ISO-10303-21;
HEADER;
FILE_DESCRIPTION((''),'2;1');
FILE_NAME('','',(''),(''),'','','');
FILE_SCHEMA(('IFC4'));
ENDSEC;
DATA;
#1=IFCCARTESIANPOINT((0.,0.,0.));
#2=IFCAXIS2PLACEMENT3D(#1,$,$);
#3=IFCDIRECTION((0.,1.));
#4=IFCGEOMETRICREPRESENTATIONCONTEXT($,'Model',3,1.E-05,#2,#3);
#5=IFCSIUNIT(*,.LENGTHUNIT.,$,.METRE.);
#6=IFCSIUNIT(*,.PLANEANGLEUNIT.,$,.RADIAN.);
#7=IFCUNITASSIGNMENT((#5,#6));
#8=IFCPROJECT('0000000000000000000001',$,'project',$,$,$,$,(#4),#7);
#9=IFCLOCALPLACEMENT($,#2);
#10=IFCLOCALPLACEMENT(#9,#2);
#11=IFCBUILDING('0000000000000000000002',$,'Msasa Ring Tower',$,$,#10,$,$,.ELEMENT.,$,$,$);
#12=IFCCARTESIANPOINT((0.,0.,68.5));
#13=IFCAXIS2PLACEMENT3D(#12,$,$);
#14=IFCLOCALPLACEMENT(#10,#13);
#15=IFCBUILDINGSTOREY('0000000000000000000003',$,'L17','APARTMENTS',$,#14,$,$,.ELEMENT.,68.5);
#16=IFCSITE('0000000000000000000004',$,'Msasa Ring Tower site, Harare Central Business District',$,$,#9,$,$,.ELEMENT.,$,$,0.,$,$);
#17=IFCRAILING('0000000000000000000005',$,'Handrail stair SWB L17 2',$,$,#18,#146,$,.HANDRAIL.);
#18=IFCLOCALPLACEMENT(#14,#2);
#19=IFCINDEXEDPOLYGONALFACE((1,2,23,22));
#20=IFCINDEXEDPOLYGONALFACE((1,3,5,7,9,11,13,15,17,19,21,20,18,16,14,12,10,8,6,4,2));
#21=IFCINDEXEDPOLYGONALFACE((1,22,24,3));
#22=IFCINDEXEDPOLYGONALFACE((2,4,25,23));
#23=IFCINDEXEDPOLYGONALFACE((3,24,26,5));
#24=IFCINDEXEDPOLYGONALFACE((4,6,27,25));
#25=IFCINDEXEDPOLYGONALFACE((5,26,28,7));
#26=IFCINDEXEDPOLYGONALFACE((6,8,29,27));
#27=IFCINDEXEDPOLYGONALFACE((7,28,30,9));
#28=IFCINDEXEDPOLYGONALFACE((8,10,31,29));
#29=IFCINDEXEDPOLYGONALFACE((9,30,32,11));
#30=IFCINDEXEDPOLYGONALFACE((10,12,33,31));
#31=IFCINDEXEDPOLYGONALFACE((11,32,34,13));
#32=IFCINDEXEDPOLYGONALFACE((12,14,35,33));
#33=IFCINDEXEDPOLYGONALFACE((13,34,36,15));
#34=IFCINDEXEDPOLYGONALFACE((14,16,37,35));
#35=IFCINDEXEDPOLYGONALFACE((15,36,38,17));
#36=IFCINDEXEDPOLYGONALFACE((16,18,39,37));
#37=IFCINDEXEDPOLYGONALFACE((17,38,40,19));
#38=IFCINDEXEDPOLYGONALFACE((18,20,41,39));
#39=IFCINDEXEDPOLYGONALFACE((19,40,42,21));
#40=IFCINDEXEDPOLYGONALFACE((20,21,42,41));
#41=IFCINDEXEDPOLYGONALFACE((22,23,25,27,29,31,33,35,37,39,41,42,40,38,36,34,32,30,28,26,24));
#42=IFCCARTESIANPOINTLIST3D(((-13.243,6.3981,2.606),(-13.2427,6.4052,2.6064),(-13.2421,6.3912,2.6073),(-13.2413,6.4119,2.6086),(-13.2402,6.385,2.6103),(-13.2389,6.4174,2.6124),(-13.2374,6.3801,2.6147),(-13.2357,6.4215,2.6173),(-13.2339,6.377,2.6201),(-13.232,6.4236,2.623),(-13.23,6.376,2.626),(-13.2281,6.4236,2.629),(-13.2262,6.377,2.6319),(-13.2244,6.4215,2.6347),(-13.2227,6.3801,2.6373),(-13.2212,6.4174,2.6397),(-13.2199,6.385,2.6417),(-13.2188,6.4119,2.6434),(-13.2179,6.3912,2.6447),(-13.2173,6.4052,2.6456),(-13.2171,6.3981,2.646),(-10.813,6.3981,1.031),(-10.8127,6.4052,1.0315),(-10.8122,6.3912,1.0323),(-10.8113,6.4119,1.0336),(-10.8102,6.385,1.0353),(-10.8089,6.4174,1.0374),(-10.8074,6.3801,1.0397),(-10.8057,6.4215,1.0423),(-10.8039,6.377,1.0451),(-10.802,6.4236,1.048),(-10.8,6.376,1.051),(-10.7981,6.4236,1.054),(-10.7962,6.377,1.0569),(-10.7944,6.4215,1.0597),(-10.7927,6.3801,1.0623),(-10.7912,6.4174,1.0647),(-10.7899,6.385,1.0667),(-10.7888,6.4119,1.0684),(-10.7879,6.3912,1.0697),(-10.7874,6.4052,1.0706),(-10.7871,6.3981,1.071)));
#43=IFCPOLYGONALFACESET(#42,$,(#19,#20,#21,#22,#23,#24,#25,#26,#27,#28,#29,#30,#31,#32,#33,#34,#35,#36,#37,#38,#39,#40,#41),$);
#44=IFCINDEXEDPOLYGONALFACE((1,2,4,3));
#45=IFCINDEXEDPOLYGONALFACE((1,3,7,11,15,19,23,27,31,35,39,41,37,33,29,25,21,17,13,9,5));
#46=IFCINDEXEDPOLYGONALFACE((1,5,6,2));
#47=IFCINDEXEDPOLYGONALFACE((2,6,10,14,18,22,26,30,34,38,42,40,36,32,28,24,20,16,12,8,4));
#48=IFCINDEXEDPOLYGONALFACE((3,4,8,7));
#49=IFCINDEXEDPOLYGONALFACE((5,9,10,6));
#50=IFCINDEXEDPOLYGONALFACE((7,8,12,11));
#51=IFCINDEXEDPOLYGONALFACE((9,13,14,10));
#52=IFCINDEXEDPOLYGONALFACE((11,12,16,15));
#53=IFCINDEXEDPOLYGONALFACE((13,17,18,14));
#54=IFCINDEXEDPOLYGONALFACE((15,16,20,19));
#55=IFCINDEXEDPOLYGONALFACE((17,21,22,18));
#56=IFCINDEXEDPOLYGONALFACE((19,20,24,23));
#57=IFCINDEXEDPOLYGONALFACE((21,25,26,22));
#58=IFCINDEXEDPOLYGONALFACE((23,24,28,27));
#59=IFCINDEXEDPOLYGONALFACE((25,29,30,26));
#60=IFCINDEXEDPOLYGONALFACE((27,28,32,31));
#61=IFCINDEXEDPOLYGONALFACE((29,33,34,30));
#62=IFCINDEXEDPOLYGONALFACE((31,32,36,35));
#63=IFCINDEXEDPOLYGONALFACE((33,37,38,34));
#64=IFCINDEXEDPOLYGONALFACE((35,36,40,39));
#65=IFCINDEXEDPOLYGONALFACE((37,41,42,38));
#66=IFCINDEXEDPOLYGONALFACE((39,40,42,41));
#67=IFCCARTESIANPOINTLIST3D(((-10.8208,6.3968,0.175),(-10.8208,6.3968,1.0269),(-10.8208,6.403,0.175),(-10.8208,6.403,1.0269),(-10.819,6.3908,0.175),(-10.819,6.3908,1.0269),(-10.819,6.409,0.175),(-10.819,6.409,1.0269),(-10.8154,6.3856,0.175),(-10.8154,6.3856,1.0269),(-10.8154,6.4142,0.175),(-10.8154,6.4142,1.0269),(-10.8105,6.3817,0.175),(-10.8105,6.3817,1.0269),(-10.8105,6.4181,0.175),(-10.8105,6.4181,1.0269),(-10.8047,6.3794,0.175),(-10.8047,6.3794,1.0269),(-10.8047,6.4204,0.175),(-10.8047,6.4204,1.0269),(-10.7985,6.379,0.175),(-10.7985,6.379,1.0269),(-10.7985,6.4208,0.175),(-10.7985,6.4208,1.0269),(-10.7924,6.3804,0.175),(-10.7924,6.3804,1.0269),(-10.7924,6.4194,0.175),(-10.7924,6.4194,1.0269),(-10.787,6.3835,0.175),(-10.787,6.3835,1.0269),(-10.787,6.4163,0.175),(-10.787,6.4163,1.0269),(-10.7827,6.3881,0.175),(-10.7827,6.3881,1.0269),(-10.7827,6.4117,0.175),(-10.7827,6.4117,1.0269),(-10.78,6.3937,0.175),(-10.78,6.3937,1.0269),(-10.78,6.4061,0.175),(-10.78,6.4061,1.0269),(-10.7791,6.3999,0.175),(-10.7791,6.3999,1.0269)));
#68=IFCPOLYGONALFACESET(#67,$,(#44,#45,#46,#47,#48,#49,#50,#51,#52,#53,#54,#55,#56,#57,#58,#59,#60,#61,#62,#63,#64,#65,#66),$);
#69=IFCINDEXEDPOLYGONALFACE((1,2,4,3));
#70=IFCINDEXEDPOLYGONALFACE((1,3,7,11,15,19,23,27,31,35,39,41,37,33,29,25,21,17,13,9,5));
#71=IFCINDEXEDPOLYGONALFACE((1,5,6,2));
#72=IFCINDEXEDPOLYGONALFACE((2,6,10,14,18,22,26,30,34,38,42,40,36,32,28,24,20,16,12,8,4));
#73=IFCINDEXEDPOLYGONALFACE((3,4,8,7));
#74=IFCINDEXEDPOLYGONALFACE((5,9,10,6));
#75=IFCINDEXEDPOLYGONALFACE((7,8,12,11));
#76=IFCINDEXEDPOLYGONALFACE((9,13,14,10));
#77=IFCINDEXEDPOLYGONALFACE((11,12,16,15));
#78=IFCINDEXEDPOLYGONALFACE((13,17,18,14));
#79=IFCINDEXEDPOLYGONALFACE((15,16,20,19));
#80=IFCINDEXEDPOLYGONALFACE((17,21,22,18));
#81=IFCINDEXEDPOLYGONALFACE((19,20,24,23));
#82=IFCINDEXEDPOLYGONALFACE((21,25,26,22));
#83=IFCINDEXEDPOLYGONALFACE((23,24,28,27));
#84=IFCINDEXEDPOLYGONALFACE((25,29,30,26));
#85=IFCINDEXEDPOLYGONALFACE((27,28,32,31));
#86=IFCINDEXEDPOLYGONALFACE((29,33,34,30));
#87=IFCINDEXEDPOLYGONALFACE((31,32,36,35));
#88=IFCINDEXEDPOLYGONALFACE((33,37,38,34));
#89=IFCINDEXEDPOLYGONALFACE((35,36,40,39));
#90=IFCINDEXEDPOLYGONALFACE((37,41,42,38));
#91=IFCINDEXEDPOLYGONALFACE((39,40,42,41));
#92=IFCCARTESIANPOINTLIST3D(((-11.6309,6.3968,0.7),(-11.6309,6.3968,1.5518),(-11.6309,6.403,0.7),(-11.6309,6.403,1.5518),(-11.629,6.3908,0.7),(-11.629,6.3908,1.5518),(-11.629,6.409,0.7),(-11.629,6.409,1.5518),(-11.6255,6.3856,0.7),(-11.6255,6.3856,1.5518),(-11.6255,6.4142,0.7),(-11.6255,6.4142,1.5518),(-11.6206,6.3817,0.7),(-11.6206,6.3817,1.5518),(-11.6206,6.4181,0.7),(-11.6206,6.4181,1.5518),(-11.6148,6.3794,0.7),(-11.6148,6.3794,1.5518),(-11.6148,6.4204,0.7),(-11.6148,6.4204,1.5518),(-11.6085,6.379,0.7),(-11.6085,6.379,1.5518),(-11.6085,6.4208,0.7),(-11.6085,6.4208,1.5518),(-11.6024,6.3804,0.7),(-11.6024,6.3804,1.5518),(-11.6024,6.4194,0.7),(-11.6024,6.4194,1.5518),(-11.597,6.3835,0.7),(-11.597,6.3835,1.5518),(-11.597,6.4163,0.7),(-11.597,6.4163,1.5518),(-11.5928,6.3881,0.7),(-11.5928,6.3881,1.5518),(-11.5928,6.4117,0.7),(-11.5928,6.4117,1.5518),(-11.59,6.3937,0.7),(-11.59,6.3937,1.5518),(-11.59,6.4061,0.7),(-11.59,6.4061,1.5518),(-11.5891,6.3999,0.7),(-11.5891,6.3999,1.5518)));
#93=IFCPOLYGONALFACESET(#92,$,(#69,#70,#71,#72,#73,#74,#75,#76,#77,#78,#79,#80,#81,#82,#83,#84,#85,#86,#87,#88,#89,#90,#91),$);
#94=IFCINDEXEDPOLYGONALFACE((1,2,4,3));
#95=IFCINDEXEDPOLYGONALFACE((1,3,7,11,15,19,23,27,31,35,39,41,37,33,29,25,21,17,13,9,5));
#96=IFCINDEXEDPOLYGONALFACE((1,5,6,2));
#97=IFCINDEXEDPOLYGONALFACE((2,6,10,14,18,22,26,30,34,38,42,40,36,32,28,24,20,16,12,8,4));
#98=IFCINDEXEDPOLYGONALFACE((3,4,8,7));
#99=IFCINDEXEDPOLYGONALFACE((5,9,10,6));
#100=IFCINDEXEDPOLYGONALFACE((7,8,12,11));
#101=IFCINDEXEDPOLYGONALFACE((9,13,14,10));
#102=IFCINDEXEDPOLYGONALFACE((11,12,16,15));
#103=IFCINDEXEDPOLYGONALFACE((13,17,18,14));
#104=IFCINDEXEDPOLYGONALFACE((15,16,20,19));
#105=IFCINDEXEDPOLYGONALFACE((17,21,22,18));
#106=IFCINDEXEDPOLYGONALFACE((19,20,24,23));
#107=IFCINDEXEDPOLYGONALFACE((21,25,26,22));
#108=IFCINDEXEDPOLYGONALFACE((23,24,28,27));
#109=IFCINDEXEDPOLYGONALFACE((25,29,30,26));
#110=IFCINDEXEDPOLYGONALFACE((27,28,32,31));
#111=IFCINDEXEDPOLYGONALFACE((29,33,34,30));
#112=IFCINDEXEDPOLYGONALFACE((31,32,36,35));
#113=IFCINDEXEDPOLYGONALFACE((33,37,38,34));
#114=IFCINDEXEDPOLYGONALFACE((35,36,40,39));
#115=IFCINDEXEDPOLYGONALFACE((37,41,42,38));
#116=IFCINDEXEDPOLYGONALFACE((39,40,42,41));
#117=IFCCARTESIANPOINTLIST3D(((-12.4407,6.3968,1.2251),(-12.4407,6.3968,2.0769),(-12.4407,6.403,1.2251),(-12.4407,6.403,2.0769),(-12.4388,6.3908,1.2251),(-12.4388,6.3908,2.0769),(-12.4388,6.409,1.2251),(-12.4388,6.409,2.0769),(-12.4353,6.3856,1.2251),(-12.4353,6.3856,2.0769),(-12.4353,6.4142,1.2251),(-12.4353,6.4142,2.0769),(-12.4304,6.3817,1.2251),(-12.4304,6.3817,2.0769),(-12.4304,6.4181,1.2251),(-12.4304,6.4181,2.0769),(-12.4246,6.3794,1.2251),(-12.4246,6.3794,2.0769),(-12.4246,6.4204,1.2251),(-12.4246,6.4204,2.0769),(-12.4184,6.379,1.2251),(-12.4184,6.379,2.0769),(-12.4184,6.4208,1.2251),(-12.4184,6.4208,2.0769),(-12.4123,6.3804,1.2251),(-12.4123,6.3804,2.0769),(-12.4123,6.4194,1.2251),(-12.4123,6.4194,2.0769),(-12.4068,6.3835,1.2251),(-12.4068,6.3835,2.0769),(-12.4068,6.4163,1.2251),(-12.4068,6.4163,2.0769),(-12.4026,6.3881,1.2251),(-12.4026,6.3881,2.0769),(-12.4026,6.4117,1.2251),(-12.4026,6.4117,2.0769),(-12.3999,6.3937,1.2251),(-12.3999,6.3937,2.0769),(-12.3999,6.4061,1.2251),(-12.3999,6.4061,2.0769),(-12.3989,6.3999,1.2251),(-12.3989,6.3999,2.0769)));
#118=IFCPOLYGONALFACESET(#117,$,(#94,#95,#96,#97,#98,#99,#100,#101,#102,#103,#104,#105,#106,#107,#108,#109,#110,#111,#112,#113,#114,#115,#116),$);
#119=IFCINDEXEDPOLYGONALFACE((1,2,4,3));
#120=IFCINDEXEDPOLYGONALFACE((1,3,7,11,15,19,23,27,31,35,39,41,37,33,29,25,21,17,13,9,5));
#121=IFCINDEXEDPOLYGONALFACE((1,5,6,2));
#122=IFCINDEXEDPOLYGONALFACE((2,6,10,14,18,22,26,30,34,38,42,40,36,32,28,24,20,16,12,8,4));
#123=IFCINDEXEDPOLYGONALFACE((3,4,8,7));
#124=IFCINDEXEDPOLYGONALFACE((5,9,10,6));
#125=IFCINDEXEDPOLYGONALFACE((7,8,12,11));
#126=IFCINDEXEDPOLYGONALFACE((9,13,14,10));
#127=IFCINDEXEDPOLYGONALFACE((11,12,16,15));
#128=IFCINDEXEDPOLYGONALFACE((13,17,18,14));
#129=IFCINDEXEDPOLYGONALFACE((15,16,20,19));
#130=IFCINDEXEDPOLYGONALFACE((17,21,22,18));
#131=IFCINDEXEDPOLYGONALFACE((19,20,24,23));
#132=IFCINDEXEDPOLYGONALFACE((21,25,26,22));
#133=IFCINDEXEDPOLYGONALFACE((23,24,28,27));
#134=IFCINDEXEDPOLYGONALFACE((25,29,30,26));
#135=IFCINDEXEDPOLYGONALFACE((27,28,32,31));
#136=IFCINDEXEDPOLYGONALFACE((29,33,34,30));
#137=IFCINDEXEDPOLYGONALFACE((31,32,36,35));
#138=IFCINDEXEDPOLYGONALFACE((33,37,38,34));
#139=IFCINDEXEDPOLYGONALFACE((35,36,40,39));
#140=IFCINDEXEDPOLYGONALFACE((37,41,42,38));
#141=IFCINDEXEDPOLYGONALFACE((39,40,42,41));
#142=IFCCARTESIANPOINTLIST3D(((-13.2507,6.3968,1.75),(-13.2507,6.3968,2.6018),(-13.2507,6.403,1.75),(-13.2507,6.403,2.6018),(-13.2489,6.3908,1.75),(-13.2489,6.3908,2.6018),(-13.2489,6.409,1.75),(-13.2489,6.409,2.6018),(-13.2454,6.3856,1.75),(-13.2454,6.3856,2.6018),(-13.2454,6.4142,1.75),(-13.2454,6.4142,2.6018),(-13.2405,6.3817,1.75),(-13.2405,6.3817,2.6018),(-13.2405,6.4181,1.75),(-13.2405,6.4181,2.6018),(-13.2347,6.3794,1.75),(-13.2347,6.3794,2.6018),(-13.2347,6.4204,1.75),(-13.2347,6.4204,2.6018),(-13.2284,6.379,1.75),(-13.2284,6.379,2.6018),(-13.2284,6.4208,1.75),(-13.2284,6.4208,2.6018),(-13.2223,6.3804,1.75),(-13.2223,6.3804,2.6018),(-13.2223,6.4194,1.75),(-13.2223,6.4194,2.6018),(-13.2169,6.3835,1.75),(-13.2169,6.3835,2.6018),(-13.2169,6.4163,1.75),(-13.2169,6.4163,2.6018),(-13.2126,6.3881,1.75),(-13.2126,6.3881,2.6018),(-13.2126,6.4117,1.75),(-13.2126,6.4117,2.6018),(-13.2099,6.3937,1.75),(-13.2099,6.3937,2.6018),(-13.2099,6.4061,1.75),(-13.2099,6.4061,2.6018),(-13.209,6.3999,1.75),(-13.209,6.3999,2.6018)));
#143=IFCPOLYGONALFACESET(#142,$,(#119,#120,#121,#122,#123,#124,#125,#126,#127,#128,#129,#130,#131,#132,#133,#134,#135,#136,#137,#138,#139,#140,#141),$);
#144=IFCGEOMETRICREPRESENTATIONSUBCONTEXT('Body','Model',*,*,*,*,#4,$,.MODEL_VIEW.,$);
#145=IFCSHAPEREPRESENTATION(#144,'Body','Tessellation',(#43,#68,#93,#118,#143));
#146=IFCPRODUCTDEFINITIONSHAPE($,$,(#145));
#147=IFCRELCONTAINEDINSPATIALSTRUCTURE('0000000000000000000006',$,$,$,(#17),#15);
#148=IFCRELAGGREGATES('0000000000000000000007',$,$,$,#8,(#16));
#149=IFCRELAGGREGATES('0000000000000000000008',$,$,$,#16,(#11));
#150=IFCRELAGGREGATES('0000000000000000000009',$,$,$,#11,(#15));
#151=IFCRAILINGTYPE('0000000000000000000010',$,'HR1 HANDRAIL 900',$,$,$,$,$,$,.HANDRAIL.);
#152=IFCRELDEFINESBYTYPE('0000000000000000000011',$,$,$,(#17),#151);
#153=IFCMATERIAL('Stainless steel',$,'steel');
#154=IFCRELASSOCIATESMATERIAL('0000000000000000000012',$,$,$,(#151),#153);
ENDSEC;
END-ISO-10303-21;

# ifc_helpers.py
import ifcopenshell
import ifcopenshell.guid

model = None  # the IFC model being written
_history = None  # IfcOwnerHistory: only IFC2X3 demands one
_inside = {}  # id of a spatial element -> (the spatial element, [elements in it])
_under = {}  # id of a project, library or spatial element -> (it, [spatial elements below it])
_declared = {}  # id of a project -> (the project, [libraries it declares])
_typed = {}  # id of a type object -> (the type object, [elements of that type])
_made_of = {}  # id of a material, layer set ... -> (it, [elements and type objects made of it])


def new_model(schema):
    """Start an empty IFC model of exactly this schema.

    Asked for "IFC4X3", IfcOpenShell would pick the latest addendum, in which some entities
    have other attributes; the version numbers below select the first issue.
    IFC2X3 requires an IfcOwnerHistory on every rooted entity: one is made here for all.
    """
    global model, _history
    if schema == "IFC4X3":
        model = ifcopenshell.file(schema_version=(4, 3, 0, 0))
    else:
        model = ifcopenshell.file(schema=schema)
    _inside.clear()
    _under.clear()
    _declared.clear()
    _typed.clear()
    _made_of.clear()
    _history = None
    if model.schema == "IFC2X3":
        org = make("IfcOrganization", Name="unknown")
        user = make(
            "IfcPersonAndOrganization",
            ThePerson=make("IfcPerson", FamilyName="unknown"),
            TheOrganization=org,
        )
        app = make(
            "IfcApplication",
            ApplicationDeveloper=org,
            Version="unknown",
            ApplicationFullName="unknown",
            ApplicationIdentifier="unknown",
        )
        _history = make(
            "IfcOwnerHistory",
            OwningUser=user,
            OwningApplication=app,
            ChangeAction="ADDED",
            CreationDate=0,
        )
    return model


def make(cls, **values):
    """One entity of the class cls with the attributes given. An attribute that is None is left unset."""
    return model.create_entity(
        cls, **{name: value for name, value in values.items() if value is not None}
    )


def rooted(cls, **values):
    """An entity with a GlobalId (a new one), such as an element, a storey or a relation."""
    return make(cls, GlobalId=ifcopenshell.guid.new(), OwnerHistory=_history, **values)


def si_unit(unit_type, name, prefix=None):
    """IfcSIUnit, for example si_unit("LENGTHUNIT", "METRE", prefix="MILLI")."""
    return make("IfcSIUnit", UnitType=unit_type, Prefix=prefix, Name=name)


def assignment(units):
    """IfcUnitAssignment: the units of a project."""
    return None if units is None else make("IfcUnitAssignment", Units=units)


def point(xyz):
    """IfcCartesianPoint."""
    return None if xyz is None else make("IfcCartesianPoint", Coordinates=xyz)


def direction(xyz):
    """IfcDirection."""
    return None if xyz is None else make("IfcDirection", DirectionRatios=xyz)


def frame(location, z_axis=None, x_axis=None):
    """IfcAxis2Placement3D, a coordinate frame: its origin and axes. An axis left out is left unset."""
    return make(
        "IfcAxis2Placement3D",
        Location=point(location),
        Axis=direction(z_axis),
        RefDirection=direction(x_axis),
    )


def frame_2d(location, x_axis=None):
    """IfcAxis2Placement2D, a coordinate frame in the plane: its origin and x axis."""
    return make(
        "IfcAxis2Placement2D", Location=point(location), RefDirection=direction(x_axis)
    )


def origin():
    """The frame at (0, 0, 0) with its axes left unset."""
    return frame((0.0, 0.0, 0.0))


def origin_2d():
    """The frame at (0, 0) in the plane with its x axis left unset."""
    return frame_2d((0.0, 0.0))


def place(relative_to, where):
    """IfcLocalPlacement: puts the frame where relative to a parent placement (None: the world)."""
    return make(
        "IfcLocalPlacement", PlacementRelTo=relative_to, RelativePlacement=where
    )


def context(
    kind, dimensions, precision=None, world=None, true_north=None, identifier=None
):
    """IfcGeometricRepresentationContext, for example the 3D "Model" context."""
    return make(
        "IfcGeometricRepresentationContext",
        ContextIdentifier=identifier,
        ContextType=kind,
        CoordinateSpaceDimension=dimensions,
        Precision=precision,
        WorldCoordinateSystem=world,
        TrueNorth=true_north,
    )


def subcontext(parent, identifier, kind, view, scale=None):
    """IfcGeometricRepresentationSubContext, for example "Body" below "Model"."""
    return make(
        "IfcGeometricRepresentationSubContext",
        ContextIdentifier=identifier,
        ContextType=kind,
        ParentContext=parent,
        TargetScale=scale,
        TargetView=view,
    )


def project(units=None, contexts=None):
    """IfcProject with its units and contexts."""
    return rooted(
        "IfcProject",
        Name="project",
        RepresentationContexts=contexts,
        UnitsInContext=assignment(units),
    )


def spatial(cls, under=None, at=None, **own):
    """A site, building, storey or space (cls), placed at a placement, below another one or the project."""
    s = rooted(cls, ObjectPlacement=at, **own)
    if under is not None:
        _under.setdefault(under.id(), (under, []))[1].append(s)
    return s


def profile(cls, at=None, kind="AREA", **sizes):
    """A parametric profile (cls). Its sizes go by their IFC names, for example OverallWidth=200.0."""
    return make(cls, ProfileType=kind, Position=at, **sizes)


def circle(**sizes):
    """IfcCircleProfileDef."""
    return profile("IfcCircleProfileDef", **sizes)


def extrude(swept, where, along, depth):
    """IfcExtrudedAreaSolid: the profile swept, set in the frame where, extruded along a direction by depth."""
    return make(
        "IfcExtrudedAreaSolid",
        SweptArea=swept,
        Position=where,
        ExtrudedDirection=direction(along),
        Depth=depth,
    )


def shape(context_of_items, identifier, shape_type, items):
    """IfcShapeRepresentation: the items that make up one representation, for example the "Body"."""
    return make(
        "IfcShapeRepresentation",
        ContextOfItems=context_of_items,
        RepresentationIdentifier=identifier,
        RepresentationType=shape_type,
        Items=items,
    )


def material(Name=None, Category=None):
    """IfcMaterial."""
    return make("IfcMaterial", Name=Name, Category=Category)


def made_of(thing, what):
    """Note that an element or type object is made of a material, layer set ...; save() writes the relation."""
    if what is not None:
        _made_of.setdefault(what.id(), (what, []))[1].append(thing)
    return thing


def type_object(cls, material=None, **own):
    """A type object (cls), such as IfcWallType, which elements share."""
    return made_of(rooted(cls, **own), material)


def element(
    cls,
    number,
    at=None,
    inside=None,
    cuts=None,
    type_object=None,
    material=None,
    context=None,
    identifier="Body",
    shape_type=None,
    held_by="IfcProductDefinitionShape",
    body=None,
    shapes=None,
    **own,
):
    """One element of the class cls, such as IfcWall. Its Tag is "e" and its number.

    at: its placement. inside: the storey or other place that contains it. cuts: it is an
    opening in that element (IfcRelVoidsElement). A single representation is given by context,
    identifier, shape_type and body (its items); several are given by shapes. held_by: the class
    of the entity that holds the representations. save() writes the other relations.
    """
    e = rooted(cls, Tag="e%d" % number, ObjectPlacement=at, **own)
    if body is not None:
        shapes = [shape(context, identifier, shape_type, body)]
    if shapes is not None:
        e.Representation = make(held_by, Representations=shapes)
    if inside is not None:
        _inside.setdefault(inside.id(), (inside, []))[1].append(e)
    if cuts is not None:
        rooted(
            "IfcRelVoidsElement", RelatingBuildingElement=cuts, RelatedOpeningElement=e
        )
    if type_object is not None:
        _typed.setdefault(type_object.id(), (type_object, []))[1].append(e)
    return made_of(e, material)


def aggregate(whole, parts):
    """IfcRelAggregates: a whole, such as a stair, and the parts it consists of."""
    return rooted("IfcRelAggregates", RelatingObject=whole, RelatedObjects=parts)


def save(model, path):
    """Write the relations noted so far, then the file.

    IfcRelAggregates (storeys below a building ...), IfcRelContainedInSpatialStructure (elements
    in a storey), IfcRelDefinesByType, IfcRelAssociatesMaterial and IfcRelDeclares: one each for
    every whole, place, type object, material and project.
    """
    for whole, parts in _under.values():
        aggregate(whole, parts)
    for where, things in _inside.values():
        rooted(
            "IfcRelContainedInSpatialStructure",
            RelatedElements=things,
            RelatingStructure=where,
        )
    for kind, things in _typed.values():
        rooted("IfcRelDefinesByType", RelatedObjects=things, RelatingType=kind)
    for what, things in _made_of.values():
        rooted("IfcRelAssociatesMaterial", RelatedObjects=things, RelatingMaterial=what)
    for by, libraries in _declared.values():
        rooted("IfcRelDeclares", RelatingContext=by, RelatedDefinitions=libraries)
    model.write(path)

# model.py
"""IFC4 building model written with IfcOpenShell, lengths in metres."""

from ifc_helpers import new_model, si_unit, direction, frame, origin, origin_2d, place, context, subcontext, project, spatial, circle, extrude, material, type_object, element, save


model = new_model("IFC4")

# Units and contexts
model_context = context("Model", 3, precision=1e-05, world=origin(), true_north=direction((0.0, 1.0)))
body_context = subcontext(model_context, "Body", "Model", "MODEL_VIEW")
ifc_project = project(units=[si_unit("LENGTHUNIT", "METRE"), si_unit("PLANEANGLEUNIT", "RADIAN")], contexts=[model_context])

# Site, building, storey
site_placement = place(None, origin())
site = spatial("IfcSite", under=ifc_project, at=site_placement, Name="Msasa Ring Tower site, Harare Central Business District", CompositionType="ELEMENT", RefElevation=0.0)
building_placement = place(site_placement, origin())
building = spatial("IfcBuilding", under=site, at=building_placement, Name="Msasa Ring Tower", CompositionType="ELEMENT")
storey_placement = place(building_placement, frame((0.0, 0.0, 68.5)))
storey = spatial("IfcBuildingStorey", under=building, at=storey_placement, Name="L17", Description="APARTMENTS", CompositionType="ELEMENT", Elevation=68.5)

# Railing
ifc_material_1 = material(Name="Stainless steel", Category="steel")
railing_type = type_object("IfcRailingType", Name="HR1 HANDRAIL 900", PredefinedType="HANDRAIL", material=ifc_material_1)
for number, where, name in (
    (1, (-10.8, 6.3999, 0.175), "Handrail stair SWB L17 2"),
):
    element("IfcRailing", number, at=place(storey_placement, frame(where)), inside=storey, type_object=railing_type, Name=name, PredefinedType="HANDRAIL", context=body_context, shape_type="SweptSolid", body=[
        extrude(circle(Radius=0.0239, at=origin_2d()), frame((0.0, 0.0, 0.876), z_axis=(-0.839154, 0.0, 0.543894), x_axis=(0.0, -1.0, 0.0)), (0.0, 0.0, 1.0), 2.8958),
        extrude(circle(Radius=0.021, at=origin_2d()), origin(), (0.0, 0.0, 1.0), 0.8518),
        extrude(circle(Radius=0.021, at=origin_2d()), frame((-0.8101, 0.0, 0.5249)), (0.0, 0.0, 1.0), 0.8518),
        extrude(circle(Radius=0.021, at=origin_2d()), frame((-1.6199, 0.0, 1.05)), (0.0, 0.0, 1.0), 0.8518),
        extrude(circle(Radius=0.021, at=origin_2d()), frame((-2.4299, 0.0, 1.575)), (0.0, 0.0, 1.0), 0.8518),
    ])

save(model, "model.ifc")
